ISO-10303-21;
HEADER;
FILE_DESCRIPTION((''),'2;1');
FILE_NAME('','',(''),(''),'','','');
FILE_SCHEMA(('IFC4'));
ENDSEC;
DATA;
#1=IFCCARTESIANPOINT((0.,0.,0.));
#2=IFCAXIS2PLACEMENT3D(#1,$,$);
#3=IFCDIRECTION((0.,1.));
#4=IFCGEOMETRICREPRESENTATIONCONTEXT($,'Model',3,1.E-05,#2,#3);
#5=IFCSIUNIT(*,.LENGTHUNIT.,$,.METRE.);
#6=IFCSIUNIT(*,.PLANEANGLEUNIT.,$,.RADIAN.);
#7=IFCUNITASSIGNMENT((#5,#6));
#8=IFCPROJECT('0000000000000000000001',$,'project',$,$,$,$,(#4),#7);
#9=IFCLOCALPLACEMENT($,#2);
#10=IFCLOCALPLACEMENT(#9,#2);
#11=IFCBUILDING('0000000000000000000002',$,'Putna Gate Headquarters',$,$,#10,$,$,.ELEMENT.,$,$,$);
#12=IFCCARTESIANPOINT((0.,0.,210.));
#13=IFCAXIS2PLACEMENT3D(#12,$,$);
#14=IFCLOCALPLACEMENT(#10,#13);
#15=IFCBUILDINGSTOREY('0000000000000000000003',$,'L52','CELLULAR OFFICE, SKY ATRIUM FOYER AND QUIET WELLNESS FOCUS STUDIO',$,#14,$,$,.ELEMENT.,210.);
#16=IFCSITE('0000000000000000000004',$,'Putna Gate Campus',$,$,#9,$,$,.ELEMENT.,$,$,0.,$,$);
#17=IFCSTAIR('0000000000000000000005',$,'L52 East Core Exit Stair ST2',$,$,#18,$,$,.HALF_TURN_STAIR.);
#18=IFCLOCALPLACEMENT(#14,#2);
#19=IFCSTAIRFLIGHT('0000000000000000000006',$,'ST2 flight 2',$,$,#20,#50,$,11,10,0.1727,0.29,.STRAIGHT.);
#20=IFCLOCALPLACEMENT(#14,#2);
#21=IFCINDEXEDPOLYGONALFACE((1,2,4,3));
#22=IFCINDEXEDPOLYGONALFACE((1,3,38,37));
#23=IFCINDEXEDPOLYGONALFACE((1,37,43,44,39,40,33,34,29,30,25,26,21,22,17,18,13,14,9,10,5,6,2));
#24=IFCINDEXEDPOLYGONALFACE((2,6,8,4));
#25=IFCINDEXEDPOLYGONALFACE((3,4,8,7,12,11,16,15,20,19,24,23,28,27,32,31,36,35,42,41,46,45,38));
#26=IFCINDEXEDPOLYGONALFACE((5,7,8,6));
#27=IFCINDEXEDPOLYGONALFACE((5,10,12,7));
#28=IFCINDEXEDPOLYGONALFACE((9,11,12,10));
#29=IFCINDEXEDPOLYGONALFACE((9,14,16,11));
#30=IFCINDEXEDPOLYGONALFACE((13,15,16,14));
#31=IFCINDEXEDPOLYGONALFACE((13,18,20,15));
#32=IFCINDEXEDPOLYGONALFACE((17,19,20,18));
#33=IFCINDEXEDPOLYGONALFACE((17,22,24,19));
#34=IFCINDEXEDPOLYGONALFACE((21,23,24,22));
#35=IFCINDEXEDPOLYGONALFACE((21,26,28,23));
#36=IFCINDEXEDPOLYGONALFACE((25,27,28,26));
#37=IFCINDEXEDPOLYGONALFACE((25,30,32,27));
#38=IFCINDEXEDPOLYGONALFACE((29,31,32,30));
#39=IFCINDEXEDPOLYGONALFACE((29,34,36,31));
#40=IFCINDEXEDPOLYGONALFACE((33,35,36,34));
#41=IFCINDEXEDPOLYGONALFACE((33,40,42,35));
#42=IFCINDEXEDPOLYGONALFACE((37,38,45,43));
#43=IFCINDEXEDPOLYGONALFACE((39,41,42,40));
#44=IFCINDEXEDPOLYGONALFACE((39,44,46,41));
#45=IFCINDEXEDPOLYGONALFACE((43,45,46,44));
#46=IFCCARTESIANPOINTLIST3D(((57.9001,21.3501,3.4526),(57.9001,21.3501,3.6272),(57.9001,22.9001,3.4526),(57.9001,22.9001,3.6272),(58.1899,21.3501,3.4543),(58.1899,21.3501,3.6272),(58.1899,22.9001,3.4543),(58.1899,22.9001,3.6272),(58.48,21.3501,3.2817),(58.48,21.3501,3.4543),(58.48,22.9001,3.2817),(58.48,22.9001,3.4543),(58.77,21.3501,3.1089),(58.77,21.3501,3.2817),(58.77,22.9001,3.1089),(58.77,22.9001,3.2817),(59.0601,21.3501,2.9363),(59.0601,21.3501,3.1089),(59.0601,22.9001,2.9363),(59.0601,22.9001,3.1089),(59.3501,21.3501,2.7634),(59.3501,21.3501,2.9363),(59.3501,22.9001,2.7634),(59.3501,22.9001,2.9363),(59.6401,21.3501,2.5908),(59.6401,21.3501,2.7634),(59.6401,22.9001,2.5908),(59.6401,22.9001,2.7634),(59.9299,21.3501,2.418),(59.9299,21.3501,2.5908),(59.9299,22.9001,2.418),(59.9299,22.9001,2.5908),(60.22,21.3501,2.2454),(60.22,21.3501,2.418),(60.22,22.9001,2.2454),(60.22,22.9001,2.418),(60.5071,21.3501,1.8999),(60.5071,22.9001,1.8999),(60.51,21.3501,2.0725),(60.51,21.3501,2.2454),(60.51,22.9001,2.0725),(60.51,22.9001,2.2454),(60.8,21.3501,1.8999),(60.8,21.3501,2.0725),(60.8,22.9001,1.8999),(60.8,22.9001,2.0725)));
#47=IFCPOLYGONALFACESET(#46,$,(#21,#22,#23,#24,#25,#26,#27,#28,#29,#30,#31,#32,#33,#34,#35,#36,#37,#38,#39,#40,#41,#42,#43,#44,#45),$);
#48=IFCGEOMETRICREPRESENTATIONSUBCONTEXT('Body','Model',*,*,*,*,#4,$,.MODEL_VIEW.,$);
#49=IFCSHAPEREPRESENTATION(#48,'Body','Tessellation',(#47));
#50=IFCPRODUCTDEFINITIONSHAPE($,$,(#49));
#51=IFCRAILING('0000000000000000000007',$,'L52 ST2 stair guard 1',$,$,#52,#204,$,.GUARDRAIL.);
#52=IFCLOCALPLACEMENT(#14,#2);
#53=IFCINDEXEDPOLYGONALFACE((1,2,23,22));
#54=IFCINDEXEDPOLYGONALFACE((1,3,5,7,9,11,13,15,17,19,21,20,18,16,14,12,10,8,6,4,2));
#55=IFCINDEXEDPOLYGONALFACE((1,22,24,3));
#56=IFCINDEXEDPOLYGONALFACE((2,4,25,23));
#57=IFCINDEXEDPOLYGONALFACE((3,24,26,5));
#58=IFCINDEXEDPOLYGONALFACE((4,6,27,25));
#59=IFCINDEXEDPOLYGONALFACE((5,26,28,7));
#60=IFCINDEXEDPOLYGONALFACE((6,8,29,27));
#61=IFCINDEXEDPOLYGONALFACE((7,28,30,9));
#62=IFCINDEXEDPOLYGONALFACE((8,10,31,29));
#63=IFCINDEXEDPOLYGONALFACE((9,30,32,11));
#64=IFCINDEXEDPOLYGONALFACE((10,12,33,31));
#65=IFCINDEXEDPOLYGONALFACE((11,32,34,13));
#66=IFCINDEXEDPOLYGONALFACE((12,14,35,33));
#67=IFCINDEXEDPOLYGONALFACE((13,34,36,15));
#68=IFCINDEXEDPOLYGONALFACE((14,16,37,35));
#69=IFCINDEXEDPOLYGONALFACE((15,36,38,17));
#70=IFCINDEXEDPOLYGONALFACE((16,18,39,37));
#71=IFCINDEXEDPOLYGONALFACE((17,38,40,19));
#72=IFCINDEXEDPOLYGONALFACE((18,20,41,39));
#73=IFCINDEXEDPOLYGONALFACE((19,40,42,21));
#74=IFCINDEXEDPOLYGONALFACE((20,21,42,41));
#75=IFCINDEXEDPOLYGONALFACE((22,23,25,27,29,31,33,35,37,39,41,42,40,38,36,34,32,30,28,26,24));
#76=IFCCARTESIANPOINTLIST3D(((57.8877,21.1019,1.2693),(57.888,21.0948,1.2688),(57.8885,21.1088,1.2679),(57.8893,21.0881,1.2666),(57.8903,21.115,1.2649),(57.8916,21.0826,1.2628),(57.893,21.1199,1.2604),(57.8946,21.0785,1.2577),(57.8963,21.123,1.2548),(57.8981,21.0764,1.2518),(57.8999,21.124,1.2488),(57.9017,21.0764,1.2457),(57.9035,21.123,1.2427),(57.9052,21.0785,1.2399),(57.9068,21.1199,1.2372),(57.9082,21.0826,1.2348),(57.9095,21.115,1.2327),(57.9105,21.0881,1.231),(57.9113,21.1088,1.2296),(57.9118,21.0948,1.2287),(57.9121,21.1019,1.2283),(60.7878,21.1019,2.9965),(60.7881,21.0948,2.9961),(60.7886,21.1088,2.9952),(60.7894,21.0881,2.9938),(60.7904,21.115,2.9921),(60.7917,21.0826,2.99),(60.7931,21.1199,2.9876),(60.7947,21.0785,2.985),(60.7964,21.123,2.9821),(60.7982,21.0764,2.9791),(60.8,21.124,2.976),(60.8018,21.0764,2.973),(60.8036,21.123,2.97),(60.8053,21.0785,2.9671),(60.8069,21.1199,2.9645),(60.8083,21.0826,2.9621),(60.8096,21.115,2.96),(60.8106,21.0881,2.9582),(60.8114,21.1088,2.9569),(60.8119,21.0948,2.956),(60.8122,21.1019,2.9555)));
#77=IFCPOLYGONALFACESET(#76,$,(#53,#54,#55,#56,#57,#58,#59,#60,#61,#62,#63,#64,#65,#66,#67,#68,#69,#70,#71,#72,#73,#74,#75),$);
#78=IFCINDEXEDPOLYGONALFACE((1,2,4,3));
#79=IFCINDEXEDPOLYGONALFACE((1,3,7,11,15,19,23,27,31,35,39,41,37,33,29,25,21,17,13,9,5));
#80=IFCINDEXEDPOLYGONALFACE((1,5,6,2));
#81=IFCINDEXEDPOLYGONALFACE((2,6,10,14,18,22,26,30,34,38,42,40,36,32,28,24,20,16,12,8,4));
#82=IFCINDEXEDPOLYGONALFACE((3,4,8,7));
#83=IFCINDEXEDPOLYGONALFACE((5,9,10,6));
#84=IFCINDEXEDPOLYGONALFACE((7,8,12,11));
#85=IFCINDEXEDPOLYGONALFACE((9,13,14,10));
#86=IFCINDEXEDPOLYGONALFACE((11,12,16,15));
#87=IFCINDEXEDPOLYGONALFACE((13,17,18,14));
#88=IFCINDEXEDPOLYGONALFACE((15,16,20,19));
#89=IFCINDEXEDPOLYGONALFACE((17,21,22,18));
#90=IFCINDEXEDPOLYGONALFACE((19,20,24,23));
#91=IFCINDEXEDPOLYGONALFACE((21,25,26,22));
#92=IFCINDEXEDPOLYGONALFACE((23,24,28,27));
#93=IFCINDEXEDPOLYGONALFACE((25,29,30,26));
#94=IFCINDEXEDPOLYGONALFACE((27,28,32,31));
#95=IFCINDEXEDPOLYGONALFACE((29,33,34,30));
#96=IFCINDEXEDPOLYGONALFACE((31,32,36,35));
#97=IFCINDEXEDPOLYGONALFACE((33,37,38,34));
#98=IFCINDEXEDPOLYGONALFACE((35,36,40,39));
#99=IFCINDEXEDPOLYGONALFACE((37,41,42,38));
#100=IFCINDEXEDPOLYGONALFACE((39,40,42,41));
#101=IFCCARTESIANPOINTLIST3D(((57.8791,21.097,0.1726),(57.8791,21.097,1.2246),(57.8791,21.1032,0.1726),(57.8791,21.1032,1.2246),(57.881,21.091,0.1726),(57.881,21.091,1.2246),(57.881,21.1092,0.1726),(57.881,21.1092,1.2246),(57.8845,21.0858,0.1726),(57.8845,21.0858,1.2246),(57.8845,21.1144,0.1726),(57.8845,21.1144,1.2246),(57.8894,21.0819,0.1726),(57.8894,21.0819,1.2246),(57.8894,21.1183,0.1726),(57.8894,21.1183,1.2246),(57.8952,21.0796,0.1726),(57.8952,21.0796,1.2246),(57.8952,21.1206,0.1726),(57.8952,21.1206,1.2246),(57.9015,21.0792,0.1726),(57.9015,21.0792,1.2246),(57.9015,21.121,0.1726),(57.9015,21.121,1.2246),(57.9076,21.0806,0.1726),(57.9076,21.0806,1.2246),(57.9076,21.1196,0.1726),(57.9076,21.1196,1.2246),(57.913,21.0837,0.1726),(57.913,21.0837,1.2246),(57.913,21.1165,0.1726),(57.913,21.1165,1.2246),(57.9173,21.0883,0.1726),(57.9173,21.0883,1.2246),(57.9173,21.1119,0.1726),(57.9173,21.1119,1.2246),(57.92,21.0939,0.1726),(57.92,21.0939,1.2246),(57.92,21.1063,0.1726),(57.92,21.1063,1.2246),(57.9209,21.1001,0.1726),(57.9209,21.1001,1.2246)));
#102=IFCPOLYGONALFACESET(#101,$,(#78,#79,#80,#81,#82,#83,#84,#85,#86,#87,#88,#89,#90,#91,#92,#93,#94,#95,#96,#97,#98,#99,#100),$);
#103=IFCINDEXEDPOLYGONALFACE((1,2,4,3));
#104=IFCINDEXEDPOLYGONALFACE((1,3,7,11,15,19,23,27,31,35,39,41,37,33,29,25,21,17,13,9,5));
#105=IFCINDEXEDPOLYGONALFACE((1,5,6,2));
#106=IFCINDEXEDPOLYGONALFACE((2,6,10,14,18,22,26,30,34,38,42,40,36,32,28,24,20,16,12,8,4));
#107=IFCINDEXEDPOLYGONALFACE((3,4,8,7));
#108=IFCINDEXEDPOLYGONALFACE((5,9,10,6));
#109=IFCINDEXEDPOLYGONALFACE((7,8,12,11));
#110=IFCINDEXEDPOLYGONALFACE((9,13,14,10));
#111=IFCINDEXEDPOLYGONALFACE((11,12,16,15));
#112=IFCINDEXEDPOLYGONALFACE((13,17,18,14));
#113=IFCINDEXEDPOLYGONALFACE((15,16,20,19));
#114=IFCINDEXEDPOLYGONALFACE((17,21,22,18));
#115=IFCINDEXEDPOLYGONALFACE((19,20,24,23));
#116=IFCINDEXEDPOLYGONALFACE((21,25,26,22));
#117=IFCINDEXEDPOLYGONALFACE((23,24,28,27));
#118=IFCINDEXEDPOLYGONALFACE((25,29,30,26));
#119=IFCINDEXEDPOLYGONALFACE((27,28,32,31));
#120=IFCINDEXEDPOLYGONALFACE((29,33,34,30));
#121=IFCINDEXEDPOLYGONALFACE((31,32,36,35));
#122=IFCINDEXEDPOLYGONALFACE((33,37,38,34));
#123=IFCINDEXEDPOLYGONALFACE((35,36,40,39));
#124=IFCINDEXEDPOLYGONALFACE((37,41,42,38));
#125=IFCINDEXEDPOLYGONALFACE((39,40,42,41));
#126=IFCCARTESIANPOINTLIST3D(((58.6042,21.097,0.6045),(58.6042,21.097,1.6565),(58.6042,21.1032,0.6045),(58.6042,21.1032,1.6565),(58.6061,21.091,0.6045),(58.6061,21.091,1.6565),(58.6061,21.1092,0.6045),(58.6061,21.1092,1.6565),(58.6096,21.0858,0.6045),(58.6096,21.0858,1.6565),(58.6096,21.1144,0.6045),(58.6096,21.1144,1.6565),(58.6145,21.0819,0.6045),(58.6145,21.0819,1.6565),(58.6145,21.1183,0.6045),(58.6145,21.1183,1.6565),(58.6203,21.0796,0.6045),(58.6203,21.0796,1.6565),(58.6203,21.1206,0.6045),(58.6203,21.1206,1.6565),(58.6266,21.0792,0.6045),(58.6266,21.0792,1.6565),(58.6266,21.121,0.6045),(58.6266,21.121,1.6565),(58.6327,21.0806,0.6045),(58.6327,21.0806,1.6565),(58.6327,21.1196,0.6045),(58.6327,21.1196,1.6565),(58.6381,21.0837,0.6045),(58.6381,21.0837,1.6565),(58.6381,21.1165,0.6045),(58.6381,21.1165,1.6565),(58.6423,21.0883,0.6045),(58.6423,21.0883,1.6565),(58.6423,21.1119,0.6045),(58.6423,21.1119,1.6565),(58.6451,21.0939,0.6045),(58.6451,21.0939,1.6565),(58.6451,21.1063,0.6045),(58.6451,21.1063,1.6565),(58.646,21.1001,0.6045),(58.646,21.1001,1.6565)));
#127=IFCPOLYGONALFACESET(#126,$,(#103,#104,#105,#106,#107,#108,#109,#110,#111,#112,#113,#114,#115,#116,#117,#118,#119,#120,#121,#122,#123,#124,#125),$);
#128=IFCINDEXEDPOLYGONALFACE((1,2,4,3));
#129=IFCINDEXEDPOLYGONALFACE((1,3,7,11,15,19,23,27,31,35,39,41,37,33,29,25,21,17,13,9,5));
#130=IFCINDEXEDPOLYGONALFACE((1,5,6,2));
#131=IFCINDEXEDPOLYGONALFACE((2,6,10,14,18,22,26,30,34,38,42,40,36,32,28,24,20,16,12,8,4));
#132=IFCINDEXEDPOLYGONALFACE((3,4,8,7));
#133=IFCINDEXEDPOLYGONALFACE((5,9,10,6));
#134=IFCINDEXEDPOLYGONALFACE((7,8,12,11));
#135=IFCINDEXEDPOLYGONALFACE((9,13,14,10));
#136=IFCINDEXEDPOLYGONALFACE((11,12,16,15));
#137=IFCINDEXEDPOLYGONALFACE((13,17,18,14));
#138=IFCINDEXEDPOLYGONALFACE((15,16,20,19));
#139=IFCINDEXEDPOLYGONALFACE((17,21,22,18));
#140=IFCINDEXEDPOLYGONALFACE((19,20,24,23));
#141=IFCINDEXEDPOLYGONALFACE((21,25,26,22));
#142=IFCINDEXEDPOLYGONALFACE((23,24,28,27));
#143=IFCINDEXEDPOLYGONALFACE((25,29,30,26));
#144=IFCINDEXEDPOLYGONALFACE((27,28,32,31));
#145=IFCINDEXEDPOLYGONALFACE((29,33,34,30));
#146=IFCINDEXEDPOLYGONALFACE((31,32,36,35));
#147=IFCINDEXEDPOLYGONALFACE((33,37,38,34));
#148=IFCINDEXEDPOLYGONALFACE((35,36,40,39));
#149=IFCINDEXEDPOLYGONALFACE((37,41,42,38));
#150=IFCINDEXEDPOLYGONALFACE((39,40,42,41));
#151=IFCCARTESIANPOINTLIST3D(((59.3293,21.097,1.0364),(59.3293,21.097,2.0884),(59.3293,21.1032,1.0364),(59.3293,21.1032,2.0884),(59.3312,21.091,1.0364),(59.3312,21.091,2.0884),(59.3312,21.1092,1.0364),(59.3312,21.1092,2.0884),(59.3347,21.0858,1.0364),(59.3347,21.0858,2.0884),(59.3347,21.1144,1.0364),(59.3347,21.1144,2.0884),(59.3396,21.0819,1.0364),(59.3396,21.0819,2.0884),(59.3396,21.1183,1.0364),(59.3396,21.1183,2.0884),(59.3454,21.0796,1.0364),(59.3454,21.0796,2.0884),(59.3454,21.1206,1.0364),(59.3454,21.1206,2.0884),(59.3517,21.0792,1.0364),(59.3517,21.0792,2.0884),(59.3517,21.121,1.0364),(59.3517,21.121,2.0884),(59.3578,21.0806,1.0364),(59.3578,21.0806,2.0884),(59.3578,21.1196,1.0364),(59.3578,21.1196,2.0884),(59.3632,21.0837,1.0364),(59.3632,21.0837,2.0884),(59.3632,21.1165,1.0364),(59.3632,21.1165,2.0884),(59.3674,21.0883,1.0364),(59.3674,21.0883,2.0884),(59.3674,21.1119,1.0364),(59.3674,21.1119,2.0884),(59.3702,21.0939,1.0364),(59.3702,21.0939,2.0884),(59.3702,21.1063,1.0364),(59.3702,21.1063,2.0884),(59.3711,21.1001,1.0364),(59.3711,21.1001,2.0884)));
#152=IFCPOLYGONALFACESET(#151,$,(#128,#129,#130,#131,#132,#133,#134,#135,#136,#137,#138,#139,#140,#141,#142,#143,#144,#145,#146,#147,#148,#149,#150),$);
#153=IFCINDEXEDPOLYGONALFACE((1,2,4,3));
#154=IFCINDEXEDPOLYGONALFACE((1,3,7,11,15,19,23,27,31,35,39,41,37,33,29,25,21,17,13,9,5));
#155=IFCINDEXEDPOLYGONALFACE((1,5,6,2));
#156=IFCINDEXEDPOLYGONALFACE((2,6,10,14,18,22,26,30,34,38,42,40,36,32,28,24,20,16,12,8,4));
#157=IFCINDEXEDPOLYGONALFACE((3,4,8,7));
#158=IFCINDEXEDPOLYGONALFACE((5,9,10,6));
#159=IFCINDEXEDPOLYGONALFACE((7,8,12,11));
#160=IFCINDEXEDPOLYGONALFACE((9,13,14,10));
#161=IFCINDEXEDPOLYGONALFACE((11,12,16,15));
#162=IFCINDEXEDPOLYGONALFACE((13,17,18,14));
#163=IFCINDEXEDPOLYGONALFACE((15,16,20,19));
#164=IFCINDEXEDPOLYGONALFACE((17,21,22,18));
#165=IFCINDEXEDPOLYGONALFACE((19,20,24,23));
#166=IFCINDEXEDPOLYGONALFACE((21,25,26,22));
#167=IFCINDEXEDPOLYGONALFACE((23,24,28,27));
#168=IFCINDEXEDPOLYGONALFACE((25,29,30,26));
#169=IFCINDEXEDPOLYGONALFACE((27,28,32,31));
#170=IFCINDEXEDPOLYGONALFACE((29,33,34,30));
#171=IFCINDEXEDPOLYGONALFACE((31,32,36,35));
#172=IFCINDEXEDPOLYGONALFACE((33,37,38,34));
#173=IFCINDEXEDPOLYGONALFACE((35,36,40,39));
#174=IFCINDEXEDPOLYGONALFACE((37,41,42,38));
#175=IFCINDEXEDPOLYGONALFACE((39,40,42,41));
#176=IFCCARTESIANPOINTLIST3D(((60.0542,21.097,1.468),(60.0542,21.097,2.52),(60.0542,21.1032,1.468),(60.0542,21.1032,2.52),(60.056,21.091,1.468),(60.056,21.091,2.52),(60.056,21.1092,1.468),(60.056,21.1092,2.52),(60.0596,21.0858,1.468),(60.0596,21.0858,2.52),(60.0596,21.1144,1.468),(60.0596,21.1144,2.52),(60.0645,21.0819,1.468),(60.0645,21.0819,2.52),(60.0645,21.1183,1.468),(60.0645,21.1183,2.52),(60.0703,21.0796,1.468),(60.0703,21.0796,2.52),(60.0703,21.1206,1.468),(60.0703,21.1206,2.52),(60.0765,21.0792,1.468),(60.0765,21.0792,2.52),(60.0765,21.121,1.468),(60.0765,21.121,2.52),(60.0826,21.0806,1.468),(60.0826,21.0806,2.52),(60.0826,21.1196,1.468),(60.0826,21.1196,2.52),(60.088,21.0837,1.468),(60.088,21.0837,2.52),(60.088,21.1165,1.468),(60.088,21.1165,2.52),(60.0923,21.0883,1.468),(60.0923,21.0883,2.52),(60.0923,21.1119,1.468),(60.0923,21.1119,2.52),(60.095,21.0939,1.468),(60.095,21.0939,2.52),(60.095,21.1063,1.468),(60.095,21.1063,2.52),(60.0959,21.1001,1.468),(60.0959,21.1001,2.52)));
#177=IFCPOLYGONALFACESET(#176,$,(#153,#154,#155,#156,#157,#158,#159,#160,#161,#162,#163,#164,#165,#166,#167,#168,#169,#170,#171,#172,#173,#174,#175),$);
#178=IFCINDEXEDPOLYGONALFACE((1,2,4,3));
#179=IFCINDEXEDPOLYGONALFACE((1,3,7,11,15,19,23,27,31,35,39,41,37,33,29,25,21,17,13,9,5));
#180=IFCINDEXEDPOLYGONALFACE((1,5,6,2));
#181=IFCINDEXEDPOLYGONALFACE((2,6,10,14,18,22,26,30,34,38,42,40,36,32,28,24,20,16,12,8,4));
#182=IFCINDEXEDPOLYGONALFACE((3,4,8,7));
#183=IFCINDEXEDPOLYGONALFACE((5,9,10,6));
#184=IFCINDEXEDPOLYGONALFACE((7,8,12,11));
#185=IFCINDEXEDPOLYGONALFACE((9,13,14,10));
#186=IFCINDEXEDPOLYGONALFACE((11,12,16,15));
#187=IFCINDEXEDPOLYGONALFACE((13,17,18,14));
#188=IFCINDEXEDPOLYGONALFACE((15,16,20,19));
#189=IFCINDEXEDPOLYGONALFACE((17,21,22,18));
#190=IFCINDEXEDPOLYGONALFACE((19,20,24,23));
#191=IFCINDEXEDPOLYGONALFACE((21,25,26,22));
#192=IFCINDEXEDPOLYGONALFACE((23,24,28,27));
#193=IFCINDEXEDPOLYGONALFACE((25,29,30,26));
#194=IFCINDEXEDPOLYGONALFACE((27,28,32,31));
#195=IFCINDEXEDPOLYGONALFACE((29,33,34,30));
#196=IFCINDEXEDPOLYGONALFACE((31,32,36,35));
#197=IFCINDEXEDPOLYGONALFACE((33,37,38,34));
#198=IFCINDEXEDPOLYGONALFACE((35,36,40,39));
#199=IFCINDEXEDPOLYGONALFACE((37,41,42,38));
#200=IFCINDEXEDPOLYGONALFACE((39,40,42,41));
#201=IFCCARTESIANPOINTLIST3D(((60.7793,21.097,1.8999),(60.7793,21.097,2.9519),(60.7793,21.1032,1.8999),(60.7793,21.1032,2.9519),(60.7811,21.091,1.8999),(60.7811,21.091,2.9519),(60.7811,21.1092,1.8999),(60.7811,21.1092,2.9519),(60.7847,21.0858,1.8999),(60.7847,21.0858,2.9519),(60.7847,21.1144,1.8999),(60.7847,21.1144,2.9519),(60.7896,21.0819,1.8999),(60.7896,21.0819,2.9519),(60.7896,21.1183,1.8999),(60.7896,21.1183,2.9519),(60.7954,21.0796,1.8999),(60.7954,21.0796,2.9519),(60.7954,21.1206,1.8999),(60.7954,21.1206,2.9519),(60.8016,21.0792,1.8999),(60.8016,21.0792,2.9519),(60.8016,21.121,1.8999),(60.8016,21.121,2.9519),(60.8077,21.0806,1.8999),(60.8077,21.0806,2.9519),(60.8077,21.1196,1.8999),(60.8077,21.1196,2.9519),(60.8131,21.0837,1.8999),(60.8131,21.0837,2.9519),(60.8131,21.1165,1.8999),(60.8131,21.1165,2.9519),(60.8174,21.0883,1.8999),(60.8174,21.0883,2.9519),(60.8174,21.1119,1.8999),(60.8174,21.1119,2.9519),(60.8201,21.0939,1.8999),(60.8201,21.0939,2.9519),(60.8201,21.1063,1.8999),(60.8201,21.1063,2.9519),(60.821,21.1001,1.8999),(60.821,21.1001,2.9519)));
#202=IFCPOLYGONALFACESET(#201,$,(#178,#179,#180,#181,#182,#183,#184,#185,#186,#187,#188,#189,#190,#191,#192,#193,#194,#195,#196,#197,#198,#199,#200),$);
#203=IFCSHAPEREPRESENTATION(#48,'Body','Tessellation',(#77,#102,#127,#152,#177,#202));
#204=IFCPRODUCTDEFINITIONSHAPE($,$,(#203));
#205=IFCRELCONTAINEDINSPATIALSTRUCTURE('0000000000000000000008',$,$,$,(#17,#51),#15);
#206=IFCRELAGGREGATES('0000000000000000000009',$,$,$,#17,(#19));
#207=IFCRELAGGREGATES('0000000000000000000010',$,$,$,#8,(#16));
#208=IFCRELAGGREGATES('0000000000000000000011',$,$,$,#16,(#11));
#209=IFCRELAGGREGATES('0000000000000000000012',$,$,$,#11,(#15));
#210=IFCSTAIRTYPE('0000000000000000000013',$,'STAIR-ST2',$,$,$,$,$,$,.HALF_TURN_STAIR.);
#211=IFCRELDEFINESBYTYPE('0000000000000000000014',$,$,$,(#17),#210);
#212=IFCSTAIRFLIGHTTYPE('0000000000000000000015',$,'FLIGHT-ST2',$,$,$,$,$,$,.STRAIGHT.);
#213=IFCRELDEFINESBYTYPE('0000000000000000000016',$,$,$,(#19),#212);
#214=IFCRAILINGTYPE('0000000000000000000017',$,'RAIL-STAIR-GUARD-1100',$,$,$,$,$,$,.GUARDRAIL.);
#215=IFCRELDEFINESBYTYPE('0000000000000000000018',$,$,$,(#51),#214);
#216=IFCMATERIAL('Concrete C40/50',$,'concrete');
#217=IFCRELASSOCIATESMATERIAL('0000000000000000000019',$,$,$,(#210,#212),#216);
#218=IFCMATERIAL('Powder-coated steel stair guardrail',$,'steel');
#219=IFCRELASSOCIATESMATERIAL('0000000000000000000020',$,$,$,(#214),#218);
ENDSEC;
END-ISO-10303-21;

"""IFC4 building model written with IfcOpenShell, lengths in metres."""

from ifc_helpers import new_model, si_unit, direction, frame, origin, origin_2d, place, context, subcontext, project, spatial, polyline, circle, outline, extrude, material, type_object, element, aggregate, save


model = new_model("IFC4")

# Units and contexts
model_context = context("Model", 3, precision=1e-05, world=origin(), true_north=direction((0.0, 1.0)))
body_context = subcontext(model_context, "Body", "Model", "MODEL_VIEW")
ifc_project = project(units=[si_unit("LENGTHUNIT", "METRE"), si_unit("PLANEANGLEUNIT", "RADIAN")], contexts=[model_context])

# Site, building, storey
site_placement = place(None, origin())
site = spatial("IfcSite", under=ifc_project, at=site_placement, Name="Putna Gate Campus", CompositionType="ELEMENT", RefElevation=0.0)
building_placement = place(site_placement, origin())
building = spatial("IfcBuilding", under=site, at=building_placement, Name="Putna Gate Headquarters", CompositionType="ELEMENT")
storey_placement = place(building_placement, frame((0.0, 0.0, 210.0)))
storey = spatial("IfcBuildingStorey", under=building, at=storey_placement, Name="L52", Description="CELLULAR OFFICE, SKY ATRIUM FOYER AND QUIET WELLNESS FOCUS STUDIO", CompositionType="ELEMENT", Elevation=210.0)

# Shared definitions
ifc_material_1 = material(Name="Concrete C40/50", Category="concrete")

# Stair, stair flight
stair_type = type_object("IfcStairType", Name="STAIR-ST2", PredefinedType="HALF_TURN_STAIR", material=ifc_material_1)
stair_placement = place(storey_placement, origin())
stair = element("IfcStair", 1, at=stair_placement, inside=storey, type_object=stair_type, Name="L52 East Core Exit Stair ST2", PredefinedType="HALF_TURN_STAIR")
stair_flight_type = type_object("IfcStairFlightType", Name="FLIGHT-ST2", PredefinedType="STRAIGHT", material=ifc_material_1)
stair_flight_1_placement = place(storey_placement, frame((60.8, 22.125, 1.8999), z_axis=(0.0, 0.0, 1.0), x_axis=(-1.0, 0.0, 0.0)))
stair_flight_1 = element("IfcStairFlight", 2, at=stair_flight_1_placement, type_object=stair_flight_type, Name="ST2 flight 2", NumberOfRisers=11, NumberOfTreads=10, PredefinedType="STRAIGHT", RiserHeight=0.1727, TreadLength=0.29, context=body_context, shape_type="SweptSolid", body=[
    extrude(outline(polyline([(0.0, 0.0), (0.0, 0.1726), (0.29, 0.1726), (0.29, 0.3455), (0.5801, 0.3455), (0.5801, 0.5181), (0.8701, 0.5181), (0.8701, 0.6909), (1.1599, 0.6909), (1.1599, 0.8635), (1.45, 0.8635), (1.45, 1.0364), (1.74, 1.0364), (1.74, 1.209), (2.03, 1.209), (2.03, 1.3818), (2.3201, 1.3818), (2.3201, 1.5544), (2.6101, 1.5544), (2.6101, 1.7273), (2.8999, 1.7273), (2.8999, 1.8999), (2.8999, 1.5527), (0.293, 0.0), (0.0, 0.0)])), frame((0.0, 0.7749, 0.0), z_axis=(0.0, -1.0, 0.0), x_axis=(1.0, 0.0, 0.0)), (0.0, 0.0, 1.0), 1.55),
])
aggregate(stair, [stair_flight_1])

# Railing
ifc_material_2 = material(Name="Powder-coated steel stair guardrail", Category="steel")
railing_type_1 = type_object("IfcRailingType", Name="RAIL-STAIR-GUARD-1100", PredefinedType="GUARDRAIL", material=ifc_material_2)
railing_1_placement = place(storey_placement, frame((57.8999, 21.1001, 0.1726)))
element("IfcRailing", 3, at=railing_1_placement, inside=storey, type_object=railing_type_1, Name="L52 ST2 stair guard 1", PredefinedType="GUARDRAIL", context=body_context, shape_type="SweptSolid", body=[
    extrude(circle(Radius=0.0239, at=origin_2d()), frame((0.0, 0.0, 1.0762), z_axis=(0.85916, 0.0, 0.511706), x_axis=(0.0, 1.0, 0.0)), (0.0, 0.0, 1.0), 3.3755),
    extrude(circle(Radius=0.021, at=origin_2d()), origin(), (0.0, 0.0, 1.0), 1.052),
    extrude(circle(Radius=0.021, at=origin_2d()), frame((0.7251, 0.0, 0.4319)), (0.0, 0.0, 1.0), 1.052),
    extrude(circle(Radius=0.021, at=origin_2d()), frame((1.4502, 0.0, 0.8638)), (0.0, 0.0, 1.0), 1.052),
    extrude(circle(Radius=0.021, at=origin_2d()), frame((2.175, 0.0, 1.2954)), (0.0, 0.0, 1.0), 1.052),
    extrude(circle(Radius=0.021, at=origin_2d()), frame((2.9001, 0.0, 1.7273)), (0.0, 0.0, 1.0), 1.052),
])

save(model, "model.ifc")
